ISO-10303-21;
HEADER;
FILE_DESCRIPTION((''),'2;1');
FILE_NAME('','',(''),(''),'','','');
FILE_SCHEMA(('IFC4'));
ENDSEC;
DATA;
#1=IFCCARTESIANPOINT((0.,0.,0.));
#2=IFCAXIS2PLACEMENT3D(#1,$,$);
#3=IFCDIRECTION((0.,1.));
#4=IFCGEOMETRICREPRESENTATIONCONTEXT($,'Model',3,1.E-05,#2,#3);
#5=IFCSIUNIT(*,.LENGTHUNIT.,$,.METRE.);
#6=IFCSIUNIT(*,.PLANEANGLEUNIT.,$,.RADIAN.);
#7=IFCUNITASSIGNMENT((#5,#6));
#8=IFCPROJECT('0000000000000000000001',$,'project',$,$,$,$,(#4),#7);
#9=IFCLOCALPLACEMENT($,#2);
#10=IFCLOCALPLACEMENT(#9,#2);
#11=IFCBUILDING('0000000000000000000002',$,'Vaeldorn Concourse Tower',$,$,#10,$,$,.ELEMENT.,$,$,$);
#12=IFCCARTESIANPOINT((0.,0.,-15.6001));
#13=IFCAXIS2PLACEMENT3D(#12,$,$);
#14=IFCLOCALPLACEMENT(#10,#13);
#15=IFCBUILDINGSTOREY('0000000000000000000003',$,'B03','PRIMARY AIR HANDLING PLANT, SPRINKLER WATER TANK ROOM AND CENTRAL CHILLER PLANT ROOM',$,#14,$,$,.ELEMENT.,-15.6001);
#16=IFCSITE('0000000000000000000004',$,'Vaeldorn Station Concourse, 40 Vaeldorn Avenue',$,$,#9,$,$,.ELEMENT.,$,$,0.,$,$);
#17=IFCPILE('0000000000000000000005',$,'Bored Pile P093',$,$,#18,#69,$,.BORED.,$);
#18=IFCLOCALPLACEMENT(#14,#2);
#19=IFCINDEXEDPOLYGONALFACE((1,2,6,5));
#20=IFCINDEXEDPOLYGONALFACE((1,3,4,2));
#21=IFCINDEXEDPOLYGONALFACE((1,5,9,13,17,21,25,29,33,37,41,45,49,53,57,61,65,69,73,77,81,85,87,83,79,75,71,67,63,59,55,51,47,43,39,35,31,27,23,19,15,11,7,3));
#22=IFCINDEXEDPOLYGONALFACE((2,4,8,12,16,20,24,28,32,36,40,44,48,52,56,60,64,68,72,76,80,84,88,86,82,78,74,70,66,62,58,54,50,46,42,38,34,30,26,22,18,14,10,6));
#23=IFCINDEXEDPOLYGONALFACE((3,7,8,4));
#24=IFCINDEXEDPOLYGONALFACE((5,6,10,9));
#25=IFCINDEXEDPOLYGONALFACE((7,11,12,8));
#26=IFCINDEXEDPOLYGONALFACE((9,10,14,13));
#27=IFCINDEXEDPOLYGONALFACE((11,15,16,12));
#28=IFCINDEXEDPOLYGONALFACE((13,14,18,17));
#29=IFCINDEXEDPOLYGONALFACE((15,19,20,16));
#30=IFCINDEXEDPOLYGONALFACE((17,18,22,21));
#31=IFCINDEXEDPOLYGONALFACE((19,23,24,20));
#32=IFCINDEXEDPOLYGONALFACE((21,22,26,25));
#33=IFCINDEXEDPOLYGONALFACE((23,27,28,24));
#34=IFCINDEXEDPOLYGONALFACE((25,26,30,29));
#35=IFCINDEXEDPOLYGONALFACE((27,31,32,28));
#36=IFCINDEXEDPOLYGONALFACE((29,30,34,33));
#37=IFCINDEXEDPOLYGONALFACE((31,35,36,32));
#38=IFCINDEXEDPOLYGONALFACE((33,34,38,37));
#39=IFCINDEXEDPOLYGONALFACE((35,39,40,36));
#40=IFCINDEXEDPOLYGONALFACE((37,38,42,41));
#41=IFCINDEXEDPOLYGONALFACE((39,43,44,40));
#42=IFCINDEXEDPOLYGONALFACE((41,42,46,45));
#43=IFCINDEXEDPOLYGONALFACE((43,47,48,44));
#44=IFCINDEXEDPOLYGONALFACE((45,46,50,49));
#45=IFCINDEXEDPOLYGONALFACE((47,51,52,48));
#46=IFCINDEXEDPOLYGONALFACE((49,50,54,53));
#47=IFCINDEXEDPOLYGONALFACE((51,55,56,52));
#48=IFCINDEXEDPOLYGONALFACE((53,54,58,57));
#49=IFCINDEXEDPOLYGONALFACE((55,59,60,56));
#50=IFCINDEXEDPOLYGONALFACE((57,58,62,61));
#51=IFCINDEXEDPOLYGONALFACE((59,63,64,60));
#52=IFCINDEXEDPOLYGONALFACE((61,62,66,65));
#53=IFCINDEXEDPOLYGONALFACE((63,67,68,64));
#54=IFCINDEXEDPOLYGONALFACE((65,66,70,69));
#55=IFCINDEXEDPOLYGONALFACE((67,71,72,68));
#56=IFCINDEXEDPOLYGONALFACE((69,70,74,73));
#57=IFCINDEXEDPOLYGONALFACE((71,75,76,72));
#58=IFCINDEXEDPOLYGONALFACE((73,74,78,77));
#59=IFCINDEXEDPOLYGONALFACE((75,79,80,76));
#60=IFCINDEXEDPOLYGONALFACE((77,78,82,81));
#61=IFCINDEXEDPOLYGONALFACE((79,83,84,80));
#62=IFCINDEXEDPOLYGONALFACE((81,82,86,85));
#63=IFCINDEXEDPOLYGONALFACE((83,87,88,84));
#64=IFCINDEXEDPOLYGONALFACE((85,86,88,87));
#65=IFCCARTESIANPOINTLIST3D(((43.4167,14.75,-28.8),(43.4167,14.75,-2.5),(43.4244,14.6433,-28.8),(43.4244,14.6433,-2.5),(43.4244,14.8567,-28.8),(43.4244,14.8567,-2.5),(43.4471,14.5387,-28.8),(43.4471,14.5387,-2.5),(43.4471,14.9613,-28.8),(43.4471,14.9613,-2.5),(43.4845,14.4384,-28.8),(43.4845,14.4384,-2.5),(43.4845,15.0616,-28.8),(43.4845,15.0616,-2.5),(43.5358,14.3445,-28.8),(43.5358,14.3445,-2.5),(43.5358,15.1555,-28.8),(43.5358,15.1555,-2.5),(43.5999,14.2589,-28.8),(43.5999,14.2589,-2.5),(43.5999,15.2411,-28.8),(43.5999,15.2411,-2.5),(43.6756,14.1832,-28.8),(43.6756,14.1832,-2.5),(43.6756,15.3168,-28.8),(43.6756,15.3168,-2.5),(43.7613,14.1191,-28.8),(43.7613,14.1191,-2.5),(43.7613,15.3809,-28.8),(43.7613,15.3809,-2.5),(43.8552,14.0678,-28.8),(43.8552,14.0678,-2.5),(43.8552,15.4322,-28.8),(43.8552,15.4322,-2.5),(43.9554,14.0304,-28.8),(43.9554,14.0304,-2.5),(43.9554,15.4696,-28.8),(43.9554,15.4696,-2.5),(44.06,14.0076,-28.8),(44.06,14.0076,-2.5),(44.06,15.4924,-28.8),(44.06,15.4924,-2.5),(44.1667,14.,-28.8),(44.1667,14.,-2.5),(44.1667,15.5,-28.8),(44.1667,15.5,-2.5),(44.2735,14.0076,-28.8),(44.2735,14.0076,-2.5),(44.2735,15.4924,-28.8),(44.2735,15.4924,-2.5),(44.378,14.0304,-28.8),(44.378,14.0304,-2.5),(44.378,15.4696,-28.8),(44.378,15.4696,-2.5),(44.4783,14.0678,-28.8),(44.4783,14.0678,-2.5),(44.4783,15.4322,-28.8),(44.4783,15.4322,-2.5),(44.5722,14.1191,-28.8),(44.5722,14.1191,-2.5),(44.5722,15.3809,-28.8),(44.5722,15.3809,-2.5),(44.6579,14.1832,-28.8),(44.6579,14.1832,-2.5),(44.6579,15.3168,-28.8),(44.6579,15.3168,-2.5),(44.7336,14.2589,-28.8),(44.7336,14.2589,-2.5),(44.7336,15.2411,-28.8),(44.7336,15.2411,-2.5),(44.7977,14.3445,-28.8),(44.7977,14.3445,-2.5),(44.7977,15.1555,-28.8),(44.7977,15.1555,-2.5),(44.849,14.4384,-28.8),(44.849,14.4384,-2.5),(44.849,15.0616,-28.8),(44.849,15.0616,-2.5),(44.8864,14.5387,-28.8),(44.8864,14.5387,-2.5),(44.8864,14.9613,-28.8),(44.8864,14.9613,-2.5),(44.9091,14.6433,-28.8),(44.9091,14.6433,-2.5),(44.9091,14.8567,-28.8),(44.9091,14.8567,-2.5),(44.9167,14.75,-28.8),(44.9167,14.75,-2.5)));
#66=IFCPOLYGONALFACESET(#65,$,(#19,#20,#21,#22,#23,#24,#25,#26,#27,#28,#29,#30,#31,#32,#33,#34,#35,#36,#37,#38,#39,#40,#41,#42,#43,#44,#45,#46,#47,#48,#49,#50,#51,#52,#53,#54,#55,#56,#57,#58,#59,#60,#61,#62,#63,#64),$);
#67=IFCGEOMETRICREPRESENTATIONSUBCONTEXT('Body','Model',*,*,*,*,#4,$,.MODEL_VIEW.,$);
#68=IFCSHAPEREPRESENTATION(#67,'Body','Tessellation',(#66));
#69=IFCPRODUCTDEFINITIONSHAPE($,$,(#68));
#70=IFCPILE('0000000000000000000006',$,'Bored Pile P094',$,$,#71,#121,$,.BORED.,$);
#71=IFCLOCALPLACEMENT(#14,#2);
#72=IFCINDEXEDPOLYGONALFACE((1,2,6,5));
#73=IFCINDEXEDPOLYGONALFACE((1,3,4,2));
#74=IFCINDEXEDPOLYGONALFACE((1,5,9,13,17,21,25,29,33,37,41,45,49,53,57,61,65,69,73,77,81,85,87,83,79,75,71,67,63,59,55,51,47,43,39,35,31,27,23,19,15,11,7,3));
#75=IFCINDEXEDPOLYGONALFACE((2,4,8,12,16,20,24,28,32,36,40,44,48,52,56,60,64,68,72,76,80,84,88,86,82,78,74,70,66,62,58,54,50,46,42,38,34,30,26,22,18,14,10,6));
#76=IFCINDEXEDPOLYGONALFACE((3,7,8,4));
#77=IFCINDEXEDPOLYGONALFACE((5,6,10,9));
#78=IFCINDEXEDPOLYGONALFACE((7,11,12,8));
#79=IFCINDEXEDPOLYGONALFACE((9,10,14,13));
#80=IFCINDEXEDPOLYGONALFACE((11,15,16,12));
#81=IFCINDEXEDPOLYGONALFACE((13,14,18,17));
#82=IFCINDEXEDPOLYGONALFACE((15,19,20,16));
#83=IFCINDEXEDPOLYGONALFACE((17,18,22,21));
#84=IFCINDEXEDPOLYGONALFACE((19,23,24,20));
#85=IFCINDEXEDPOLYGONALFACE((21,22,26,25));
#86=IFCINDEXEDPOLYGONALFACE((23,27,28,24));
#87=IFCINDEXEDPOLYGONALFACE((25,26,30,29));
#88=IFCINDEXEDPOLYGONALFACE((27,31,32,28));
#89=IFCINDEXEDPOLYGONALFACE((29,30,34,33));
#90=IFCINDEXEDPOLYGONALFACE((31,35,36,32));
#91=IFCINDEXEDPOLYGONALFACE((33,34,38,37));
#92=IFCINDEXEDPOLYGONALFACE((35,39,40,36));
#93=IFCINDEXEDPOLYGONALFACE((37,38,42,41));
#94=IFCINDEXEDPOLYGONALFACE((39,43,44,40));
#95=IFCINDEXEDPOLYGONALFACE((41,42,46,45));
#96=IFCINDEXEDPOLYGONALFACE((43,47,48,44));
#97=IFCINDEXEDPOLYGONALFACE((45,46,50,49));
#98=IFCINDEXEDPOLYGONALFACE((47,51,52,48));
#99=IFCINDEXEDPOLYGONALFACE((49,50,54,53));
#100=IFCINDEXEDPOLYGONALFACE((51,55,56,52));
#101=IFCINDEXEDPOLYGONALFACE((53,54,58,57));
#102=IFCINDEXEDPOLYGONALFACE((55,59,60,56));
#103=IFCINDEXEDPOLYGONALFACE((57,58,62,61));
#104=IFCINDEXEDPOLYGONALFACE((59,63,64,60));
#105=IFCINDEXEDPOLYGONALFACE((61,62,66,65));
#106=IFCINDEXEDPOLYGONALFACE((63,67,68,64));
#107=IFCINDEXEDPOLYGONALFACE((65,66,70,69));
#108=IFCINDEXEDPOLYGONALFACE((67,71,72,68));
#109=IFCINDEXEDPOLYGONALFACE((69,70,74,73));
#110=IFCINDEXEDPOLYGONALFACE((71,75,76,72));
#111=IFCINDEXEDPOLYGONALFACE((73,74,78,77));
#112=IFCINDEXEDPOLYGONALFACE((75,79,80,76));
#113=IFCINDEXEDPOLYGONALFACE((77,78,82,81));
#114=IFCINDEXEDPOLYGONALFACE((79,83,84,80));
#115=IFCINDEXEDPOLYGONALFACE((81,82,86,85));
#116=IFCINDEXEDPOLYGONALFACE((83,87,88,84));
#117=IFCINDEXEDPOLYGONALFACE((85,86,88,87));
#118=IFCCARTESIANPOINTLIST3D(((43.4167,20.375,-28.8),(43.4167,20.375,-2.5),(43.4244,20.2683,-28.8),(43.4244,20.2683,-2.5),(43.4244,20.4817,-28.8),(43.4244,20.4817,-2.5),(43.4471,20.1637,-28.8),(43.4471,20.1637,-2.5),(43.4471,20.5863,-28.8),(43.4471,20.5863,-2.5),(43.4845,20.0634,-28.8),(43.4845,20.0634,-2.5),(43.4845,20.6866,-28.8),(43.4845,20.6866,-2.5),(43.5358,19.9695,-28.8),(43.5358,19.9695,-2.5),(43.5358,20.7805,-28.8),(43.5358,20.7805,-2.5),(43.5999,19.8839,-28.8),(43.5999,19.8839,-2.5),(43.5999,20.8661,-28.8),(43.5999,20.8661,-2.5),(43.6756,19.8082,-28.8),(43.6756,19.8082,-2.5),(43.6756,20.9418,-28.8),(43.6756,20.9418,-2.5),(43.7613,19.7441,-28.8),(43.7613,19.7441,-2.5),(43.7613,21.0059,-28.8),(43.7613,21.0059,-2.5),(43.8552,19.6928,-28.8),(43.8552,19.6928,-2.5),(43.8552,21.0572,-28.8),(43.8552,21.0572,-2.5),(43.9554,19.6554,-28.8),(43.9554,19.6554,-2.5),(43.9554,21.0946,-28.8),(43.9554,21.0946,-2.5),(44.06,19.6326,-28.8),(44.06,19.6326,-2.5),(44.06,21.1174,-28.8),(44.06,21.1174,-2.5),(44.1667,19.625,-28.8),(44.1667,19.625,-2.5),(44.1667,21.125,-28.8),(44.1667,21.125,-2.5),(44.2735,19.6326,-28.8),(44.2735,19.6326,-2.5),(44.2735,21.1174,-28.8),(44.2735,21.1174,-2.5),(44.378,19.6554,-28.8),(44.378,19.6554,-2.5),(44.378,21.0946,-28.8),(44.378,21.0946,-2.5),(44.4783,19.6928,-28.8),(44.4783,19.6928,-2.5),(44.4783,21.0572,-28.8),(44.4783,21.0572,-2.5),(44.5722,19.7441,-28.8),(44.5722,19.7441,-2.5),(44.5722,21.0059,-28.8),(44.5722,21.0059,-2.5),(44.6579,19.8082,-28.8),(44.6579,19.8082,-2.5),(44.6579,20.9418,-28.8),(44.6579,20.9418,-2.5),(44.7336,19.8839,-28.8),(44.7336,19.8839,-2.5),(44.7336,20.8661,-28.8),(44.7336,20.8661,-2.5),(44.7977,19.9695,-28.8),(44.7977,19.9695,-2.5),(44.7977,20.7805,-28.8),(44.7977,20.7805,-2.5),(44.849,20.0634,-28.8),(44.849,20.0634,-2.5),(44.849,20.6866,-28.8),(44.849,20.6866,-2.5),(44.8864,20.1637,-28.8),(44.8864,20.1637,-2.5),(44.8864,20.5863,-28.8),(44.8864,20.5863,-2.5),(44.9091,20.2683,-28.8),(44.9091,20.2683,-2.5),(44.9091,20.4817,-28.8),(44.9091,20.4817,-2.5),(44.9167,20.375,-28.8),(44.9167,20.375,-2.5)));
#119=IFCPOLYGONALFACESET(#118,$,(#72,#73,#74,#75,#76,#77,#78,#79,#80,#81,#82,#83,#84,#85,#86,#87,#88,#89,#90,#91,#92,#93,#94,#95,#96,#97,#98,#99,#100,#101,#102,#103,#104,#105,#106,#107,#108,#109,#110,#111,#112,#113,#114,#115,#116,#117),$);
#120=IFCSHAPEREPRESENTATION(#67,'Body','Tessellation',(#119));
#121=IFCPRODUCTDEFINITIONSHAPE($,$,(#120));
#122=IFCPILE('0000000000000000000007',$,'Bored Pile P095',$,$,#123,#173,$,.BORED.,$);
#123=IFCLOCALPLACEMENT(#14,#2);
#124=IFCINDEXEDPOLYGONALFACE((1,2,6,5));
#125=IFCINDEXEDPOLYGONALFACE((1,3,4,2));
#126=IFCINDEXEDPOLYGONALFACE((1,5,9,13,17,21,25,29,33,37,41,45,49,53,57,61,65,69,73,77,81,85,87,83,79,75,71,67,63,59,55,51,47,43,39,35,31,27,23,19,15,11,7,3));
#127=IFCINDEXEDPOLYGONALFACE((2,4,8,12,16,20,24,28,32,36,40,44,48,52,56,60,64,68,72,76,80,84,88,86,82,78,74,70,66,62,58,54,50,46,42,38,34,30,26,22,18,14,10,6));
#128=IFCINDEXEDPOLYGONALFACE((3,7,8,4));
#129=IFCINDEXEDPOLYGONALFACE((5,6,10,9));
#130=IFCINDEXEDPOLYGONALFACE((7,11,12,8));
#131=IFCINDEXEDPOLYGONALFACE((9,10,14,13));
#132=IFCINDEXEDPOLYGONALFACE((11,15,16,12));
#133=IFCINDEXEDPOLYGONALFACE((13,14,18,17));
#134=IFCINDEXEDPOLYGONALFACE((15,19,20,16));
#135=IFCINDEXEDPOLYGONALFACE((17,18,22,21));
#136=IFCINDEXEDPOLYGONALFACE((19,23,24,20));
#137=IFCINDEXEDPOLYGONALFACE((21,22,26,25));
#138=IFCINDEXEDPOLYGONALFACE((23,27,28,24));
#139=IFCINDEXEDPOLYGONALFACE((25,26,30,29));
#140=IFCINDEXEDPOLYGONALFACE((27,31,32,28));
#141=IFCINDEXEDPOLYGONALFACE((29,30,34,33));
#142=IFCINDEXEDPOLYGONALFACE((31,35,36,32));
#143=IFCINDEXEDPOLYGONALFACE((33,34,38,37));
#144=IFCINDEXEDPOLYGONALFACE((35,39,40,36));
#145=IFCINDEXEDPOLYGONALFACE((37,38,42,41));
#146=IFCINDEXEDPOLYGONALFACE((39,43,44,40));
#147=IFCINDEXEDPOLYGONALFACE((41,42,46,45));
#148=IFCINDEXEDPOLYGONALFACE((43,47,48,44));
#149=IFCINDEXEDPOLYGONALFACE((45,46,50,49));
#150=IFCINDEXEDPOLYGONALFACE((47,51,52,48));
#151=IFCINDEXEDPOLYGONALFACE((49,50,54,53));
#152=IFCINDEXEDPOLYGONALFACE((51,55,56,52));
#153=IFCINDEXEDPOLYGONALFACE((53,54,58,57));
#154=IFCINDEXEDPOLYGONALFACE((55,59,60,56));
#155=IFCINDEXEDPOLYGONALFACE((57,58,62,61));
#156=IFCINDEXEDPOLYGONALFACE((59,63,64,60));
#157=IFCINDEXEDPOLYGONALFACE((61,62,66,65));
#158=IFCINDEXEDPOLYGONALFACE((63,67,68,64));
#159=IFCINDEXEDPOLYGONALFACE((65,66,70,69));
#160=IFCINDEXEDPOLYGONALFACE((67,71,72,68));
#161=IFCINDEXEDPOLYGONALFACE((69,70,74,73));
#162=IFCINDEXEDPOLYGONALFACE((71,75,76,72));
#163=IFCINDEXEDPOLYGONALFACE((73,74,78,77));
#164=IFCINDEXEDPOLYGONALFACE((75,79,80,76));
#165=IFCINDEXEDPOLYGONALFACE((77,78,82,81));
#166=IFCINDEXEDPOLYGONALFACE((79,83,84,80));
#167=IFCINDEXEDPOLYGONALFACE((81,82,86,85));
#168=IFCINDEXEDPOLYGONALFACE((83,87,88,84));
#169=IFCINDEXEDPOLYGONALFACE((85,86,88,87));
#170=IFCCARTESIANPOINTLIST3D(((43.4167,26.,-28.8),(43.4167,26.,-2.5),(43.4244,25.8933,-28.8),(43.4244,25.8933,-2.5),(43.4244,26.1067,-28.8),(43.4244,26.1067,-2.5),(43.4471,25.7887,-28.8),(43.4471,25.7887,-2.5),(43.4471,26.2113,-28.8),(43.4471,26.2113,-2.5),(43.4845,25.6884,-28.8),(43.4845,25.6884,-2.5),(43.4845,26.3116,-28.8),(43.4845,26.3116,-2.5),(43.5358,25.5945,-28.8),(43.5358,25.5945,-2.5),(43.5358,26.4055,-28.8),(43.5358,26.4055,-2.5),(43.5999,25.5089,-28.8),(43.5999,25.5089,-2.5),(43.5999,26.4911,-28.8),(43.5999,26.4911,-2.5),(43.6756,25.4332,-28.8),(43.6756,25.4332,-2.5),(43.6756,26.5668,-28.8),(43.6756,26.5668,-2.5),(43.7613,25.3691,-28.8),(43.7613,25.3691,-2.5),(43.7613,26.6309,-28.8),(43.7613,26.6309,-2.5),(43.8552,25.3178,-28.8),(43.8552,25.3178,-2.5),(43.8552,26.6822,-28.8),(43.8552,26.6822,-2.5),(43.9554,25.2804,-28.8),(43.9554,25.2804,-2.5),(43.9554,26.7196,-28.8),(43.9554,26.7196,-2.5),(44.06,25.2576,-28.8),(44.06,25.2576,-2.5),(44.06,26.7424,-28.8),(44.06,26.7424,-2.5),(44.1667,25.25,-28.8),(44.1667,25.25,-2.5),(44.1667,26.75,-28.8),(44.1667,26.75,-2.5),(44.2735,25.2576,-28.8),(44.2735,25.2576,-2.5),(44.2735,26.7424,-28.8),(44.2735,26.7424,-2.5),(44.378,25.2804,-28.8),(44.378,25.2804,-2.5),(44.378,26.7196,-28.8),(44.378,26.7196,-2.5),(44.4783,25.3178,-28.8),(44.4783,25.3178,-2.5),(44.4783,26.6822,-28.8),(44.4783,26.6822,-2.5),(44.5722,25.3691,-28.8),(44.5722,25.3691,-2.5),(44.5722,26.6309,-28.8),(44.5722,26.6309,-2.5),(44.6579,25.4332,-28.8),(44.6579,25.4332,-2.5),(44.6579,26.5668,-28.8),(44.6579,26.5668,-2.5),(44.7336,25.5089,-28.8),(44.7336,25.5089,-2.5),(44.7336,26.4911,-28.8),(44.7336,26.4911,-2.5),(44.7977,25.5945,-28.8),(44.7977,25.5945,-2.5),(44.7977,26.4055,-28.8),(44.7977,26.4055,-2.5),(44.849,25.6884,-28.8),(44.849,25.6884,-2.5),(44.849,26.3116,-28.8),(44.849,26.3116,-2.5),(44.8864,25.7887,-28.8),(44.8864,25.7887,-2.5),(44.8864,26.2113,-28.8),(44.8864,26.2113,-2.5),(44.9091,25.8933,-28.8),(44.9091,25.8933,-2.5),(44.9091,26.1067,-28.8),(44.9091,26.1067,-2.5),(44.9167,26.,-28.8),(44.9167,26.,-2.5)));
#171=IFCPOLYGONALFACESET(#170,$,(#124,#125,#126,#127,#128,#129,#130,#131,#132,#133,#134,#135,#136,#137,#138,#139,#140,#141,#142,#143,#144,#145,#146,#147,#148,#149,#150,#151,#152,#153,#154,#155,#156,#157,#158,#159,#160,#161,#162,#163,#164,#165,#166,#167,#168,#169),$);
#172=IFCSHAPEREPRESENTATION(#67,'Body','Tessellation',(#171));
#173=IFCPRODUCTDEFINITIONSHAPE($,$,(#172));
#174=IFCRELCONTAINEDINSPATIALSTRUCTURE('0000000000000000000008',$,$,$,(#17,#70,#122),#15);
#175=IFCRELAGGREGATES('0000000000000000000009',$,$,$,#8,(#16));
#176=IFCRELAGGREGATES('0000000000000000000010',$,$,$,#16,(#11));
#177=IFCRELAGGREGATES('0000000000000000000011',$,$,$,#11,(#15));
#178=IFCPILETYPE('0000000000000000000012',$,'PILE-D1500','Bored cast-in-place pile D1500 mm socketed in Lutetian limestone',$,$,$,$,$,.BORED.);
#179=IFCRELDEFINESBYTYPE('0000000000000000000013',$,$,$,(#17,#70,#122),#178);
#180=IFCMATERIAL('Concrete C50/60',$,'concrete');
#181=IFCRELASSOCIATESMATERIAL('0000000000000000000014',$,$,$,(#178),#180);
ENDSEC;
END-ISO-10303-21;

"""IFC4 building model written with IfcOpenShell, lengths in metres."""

from ifc_helpers import new_model, si_unit, direction, frame, origin, origin_2d, place, context, subcontext, project, spatial, circle, extrude, material, material_profile, profile_set, type_object, element, save


model = new_model("IFC4")

# Units and contexts
model_context = context("Model", 3, precision=1e-05, world=origin(), true_north=direction((0.0, 1.0)))
body_context = subcontext(model_context, "Body", "Model", "MODEL_VIEW")
ifc_project = project(units=[si_unit("LENGTHUNIT", "METRE"), si_unit("PLANEANGLEUNIT", "RADIAN")], contexts=[model_context])

# Site, building, storey
site_placement = place(None, origin())
site = spatial("IfcSite", under=ifc_project, at=site_placement, Name="Vaeldorn Station Concourse, 40 Vaeldorn Avenue", CompositionType="ELEMENT", RefElevation=0.0)
building_placement = place(site_placement, origin())
building = spatial("IfcBuilding", under=site, at=building_placement, Name="Vaeldorn Concourse Tower", CompositionType="ELEMENT")
storey_placement = place(building_placement, frame((0.0, 0.0, -15.6001)))
storey = spatial("IfcBuildingStorey", under=building, at=storey_placement, Name="B03", Description="PRIMARY AIR HANDLING PLANT, SPRINKLER WATER TANK ROOM AND CENTRAL CHILLER PLANT ROOM", CompositionType="ELEMENT", Elevation=-15.6001)

# Piles
ifc_material_1 = material(Name="Concrete C50/60", Category="concrete")
ifc_material_profile_1 = material_profile(ifc_material_1, circle(Radius=0.75, at=origin_2d()), Name="BORED PILE D1500")
ifc_profile_set_1 = profile_set([ifc_material_profile_1], Name="Concrete C50/60")
pile_type = type_object("IfcPileType", Name="PILE-D1500", Description="Bored cast-in-place pile D1500 mm socketed in Lutetian limestone", PredefinedType="BORED", material=ifc_profile_set_1)
for number, where, z_axis, x_axis, name in (
    (1, (44.1667, 14.75, -2.5), (0.0, 0.0, -1.0), (1.0, 0.0, 0.0), "Bored Pile P093"),
    (2, (44.1667, 20.375, -2.5), (0.0, 0.0, -1.0), (1.0, 0.0, 0.0), "Bored Pile P094"),
    (3, (44.1667, 26.0, -2.5), (0.0, 0.0, -1.0), (1.0, 0.0, 0.0), "Bored Pile P095"),
):
    element("IfcPile", number, at=place(storey_placement, frame(where, z_axis=z_axis, x_axis=x_axis)), inside=storey, type_object=pile_type, Name=name, PredefinedType="BORED", context=body_context, shape_type="SweptSolid", body=[
        extrude(circle(Radius=0.75, at=origin_2d()), origin(), (0.0, 0.0, 1.0), 26.3),
    ])

save(model, "model.ifc")
